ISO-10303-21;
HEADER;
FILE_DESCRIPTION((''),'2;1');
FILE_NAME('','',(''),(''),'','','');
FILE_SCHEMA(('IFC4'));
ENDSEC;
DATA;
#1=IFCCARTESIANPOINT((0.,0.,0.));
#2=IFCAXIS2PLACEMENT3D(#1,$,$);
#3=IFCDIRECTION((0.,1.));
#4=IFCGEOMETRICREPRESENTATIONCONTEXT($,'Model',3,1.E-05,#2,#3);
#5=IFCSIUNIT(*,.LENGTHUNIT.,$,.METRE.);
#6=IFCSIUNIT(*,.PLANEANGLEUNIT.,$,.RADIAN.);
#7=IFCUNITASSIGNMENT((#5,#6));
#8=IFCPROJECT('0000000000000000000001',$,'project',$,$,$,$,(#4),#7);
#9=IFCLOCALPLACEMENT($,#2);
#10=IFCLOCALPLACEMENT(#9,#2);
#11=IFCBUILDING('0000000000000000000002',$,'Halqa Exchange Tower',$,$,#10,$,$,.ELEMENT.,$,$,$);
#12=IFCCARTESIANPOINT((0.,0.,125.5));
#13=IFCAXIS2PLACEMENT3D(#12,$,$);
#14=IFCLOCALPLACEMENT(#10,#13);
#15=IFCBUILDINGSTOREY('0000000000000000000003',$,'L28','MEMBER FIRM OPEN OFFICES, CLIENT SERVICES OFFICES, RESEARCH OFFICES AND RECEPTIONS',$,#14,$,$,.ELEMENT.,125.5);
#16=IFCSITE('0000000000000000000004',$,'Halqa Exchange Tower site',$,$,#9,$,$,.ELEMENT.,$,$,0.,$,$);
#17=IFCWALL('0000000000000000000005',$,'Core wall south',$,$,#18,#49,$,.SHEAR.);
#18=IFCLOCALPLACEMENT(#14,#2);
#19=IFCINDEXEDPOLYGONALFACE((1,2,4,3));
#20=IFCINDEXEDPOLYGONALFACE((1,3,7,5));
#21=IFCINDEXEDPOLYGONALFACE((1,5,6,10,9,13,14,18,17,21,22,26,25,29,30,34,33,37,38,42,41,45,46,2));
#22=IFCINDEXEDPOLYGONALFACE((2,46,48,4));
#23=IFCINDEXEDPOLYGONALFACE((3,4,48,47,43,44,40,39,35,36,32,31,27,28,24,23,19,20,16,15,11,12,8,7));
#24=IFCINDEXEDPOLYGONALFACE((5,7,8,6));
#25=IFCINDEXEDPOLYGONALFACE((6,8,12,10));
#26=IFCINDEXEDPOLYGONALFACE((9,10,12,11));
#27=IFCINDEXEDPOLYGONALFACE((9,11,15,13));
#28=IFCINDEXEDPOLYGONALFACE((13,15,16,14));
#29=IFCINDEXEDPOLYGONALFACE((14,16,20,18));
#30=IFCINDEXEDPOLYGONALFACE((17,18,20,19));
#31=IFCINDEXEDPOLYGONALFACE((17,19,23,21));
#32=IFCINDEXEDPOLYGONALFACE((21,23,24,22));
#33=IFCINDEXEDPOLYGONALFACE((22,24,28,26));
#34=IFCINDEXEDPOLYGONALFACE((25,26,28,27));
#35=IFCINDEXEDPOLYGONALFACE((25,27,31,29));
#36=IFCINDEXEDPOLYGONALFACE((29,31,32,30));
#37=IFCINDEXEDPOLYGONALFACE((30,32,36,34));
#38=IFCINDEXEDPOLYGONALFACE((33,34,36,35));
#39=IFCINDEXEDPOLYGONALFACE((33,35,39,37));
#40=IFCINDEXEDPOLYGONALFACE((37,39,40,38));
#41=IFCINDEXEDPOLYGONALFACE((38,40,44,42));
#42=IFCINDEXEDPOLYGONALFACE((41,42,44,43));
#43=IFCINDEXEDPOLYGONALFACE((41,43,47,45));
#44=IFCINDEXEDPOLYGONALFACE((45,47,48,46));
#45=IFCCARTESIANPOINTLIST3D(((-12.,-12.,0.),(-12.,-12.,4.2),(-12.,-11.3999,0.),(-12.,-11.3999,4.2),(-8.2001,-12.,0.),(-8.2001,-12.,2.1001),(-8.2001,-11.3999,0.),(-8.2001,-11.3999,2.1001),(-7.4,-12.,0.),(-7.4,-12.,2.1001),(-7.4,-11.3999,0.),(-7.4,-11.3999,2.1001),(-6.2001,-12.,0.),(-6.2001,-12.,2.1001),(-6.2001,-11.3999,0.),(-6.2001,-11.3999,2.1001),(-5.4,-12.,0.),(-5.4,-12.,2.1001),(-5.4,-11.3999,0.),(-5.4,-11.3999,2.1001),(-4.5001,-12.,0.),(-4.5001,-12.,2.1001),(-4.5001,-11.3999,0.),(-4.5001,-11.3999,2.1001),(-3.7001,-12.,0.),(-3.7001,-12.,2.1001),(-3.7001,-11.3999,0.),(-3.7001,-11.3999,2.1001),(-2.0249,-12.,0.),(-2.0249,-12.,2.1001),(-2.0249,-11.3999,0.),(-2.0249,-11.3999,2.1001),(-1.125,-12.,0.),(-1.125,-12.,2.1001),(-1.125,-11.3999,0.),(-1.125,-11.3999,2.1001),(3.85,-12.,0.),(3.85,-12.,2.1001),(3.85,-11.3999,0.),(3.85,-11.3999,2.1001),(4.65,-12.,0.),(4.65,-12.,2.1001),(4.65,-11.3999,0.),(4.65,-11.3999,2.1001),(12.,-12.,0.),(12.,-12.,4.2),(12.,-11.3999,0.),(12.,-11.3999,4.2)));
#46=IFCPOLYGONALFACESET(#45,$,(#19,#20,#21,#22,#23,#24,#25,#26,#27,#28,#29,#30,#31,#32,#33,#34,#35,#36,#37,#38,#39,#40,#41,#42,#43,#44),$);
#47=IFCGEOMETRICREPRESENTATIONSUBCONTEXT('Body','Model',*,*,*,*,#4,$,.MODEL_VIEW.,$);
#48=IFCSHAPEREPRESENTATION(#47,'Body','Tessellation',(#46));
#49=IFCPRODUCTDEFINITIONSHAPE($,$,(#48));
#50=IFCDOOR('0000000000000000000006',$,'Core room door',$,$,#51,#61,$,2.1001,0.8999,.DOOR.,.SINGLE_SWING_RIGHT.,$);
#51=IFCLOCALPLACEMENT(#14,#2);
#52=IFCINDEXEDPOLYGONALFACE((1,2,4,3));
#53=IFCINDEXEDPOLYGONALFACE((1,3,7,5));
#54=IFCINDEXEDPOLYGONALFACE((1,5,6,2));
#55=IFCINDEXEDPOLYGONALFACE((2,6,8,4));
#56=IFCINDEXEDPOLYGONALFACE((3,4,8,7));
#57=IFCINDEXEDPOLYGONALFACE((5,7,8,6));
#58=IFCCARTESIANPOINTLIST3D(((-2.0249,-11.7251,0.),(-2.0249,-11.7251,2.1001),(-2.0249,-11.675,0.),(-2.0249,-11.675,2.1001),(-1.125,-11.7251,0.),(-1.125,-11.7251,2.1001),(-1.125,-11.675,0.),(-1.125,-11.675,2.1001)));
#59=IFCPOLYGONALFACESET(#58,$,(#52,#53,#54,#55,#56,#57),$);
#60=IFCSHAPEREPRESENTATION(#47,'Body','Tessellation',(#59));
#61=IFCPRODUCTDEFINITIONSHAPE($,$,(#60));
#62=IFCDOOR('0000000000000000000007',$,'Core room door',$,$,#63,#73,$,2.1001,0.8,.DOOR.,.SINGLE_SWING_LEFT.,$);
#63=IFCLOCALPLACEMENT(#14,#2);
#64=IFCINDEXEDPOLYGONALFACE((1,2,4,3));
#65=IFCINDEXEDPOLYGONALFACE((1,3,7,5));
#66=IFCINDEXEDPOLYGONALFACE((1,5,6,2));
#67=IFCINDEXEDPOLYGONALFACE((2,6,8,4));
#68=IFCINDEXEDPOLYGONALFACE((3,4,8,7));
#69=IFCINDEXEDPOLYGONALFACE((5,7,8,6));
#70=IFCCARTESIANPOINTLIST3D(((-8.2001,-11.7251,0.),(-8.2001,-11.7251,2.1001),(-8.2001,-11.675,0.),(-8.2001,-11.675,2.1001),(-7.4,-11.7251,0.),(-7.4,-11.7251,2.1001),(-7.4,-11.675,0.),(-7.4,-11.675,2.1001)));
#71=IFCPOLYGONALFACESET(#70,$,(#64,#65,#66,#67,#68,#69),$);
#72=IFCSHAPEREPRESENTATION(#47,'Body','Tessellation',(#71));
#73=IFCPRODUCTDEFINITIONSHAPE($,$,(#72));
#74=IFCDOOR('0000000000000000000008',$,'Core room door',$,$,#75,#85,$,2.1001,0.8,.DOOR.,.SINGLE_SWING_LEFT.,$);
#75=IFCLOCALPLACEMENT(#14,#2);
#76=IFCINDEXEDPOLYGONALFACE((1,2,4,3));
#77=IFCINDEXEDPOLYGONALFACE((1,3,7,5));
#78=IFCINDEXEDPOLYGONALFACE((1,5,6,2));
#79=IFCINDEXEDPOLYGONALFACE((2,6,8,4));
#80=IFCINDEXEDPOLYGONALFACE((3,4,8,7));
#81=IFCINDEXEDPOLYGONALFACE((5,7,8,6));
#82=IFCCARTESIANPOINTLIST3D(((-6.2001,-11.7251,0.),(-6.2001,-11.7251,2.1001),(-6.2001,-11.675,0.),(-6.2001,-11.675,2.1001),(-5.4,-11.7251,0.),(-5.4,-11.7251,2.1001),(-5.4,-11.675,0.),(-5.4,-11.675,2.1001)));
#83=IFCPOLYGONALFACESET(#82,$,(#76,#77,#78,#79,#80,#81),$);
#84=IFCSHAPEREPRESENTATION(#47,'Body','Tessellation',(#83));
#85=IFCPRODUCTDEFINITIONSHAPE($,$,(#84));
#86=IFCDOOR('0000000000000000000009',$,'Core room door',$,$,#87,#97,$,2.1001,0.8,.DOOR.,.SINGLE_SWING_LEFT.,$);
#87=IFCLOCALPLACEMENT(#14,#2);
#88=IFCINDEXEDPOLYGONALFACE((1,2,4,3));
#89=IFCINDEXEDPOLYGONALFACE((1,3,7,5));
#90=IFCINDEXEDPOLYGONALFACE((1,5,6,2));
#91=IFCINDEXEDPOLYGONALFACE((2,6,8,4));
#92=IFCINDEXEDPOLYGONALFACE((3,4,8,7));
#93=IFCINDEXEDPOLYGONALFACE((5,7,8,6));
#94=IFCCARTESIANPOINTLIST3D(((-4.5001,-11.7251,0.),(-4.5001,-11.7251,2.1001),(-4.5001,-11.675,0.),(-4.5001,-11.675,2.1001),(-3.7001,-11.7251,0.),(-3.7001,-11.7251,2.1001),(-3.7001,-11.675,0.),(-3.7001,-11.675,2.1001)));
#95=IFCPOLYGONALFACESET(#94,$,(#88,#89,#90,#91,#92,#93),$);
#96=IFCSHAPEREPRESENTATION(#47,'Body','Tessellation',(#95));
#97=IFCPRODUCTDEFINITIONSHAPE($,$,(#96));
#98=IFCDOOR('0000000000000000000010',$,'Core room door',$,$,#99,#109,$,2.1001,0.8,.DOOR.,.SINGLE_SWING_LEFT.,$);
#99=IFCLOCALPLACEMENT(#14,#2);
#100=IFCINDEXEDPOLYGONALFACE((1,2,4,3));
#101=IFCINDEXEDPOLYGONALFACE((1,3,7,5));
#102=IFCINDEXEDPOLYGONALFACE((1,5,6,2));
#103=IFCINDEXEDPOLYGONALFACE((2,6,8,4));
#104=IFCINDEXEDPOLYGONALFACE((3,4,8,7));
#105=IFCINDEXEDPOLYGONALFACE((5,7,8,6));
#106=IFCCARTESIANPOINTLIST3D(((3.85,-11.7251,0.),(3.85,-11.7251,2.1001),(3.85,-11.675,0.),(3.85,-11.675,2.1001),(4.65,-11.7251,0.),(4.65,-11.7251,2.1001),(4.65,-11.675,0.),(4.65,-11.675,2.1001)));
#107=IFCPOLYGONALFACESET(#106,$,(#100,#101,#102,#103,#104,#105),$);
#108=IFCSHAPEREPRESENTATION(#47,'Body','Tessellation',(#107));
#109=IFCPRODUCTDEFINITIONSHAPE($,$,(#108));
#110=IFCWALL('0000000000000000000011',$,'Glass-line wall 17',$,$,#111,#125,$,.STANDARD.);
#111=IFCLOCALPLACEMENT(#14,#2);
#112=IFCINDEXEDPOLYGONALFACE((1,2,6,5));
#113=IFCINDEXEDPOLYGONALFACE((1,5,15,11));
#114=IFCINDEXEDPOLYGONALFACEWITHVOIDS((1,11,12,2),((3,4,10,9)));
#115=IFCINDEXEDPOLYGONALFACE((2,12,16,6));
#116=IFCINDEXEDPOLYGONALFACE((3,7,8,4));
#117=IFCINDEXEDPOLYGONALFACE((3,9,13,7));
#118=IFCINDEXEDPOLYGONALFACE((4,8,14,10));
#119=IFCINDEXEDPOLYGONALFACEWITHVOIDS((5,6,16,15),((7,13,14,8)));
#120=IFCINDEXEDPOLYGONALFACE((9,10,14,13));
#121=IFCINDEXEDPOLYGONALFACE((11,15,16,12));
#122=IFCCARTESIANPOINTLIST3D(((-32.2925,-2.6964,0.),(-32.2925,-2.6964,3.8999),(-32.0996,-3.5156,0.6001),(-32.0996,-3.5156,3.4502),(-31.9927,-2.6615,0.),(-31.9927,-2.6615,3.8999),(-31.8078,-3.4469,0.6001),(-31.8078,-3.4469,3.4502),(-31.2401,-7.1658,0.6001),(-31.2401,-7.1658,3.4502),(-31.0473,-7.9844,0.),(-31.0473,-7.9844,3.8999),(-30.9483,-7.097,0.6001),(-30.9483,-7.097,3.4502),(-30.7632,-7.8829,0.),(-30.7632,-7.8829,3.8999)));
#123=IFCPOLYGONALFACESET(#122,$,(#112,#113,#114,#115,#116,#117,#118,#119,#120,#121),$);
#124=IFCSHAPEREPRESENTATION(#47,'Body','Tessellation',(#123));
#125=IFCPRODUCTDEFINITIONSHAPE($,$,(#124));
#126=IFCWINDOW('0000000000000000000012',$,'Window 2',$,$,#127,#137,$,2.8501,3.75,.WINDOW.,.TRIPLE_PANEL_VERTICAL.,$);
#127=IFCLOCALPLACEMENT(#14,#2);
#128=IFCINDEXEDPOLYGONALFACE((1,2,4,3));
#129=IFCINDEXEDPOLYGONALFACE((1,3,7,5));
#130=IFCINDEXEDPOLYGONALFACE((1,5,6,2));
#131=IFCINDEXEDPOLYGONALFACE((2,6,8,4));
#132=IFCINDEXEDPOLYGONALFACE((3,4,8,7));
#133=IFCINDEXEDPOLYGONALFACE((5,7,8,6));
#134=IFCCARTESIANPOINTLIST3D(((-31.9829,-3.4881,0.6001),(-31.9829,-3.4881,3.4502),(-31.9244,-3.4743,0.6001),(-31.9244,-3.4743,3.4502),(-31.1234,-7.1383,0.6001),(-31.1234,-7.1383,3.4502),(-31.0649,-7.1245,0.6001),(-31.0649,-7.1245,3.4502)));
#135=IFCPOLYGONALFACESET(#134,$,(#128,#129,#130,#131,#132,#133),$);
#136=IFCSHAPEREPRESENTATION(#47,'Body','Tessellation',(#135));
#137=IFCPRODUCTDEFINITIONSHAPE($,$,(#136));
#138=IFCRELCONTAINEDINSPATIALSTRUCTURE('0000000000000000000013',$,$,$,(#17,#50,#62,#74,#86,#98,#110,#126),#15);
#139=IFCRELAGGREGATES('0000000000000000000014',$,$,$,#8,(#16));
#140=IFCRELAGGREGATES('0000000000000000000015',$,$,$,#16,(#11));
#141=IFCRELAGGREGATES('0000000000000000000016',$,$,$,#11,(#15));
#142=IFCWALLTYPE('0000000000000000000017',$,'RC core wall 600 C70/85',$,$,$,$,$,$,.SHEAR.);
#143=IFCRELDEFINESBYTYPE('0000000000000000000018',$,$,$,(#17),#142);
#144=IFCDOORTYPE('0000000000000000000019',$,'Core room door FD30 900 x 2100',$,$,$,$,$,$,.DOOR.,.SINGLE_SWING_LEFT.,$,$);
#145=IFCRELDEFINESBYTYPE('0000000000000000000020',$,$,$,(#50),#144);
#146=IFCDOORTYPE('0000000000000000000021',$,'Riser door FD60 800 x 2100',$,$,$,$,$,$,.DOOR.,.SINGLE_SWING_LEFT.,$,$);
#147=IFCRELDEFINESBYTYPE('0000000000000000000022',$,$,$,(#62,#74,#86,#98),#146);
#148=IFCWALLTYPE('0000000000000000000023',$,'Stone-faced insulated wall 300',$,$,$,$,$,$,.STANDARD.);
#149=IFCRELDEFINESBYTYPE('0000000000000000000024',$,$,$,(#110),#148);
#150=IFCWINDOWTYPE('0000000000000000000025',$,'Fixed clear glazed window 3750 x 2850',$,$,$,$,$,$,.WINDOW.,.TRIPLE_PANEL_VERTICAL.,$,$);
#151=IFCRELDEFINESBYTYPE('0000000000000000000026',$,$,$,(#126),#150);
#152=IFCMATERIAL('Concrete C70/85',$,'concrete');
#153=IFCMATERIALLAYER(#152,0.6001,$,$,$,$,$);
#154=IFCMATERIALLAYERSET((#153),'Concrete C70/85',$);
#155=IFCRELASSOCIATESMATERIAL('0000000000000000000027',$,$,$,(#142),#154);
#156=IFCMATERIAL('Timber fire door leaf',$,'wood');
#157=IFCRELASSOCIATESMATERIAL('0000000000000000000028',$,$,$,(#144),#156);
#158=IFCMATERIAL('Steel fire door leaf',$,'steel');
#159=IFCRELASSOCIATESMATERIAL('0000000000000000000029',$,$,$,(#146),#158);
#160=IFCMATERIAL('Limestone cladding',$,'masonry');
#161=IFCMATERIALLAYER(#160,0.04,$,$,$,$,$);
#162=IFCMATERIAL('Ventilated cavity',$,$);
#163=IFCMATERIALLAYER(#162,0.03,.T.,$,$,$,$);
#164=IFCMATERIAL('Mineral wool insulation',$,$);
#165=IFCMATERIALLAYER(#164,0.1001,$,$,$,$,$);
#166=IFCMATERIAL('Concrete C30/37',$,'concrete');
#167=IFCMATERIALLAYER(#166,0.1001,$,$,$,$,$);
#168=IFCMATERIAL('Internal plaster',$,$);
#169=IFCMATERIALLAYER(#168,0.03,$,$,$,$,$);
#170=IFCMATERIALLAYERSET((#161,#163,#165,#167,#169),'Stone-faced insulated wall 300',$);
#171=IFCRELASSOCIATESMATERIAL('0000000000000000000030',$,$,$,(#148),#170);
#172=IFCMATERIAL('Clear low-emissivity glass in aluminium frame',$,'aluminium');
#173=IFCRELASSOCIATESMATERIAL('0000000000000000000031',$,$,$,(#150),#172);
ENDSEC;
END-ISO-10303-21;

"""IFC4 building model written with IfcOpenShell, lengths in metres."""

from ifc_helpers import new_model, si_unit, direction, frame, frame_2d, origin, place, context, subcontext, project, spatial, polyline, rectangle, outline, extrude, material, layer, layer_set, type_object, element, fill, save


model = new_model("IFC4")

# Units and contexts
model_context = context("Model", 3, precision=1e-05, world=origin(), true_north=direction((0.0, 1.0)))
body_context = subcontext(model_context, "Body", "Model", "MODEL_VIEW")
ifc_project = project(units=[si_unit("LENGTHUNIT", "METRE"), si_unit("PLANEANGLEUNIT", "RADIAN")], contexts=[model_context])

# Site, building, storey
site_placement = place(None, origin())
site = spatial("IfcSite", under=ifc_project, at=site_placement, Name="Halqa Exchange Tower site", CompositionType="ELEMENT", RefElevation=0.0)
building_placement = place(site_placement, origin())
building = spatial("IfcBuilding", under=site, at=building_placement, Name="Halqa Exchange Tower", CompositionType="ELEMENT")
storey_placement = place(building_placement, frame((0.0, 0.0, 125.5)))
storey = spatial("IfcBuildingStorey", under=building, at=storey_placement, Name="L28", Description="MEMBER FIRM OPEN OFFICES, CLIENT SERVICES OFFICES, RESEARCH OFFICES AND RECEPTIONS", CompositionType="ELEMENT", Elevation=125.5)

# Shared definitions
ifc_material_1 = material(Name="Concrete C70/85", Category="concrete")

# Wall, openings, doors
ifc_layer_1 = layer(ifc_material_1, 0.6001)
ifc_layer_set_1 = layer_set([ifc_layer_1], Name="Concrete C70/85")
wall_type_1 = type_object("IfcWallType", Name="RC core wall 600 C70/85", PredefinedType="SHEAR", material=ifc_layer_set_1)
wall_1_placement = place(storey_placement, frame((-12.0, -11.7, 0.0), z_axis=(0.0, 0.0, 1.0), x_axis=(1.0, 0.0, 0.0)))
wall_1 = element("IfcWall", 1, at=wall_1_placement, inside=storey, type_object=wall_type_1, Name="Core wall south", PredefinedType="SHEAR", context=body_context, shape_type="SweptSolid", body=[
    extrude(rectangle(XDim=24.0, YDim=0.6001, at=frame_2d((12.0, 0.0))), origin(), (0.0, 0.0, 1.0), 4.2),
])
opening_1_placement = place(wall_1_placement, frame((9.9751, 0.0, 0.0)))
opening_1 = element("IfcOpeningElement", 2, at=opening_1_placement, cuts=wall_1, PredefinedType="OPENING", context=body_context, shape_type="SweptSolid", body=[
    extrude(rectangle(XDim=0.8999, YDim=2.1001, at=frame_2d((0.45, 1.05))), frame((0.0, 0.312, 0.0), z_axis=(0.0, -1.0, 0.0), x_axis=(1.0, 0.0, 0.0)), (0.0, 0.0, 1.0), 0.624),
])
opening_2_placement = place(wall_1_placement, frame((3.8, 0.0, 0.0)))
opening_2 = element("IfcOpeningElement", 3, at=opening_2_placement, cuts=wall_1, PredefinedType="OPENING", context=body_context, shape_type="SweptSolid", body=[
    extrude(rectangle(XDim=0.8, YDim=2.1001, at=frame_2d((0.3999, 1.05))), frame((0.0, 0.312, 0.0), z_axis=(0.0, -1.0, 0.0), x_axis=(1.0, 0.0, 0.0)), (0.0, 0.0, 1.0), 0.624),
])
opening_3_placement = place(wall_1_placement, frame((5.8, 0.0, 0.0)))
opening_3 = element("IfcOpeningElement", 4, at=opening_3_placement, cuts=wall_1, PredefinedType="OPENING", context=body_context, shape_type="SweptSolid", body=[
    extrude(rectangle(XDim=0.8, YDim=2.1001, at=frame_2d((0.3999, 1.05))), frame((0.0, 0.312, 0.0), z_axis=(0.0, -1.0, 0.0), x_axis=(1.0, 0.0, 0.0)), (0.0, 0.0, 1.0), 0.624),
])
opening_4_placement = place(wall_1_placement, frame((7.5, 0.0, 0.0)))
opening_4 = element("IfcOpeningElement", 5, at=opening_4_placement, cuts=wall_1, PredefinedType="OPENING", context=body_context, shape_type="SweptSolid", body=[
    extrude(rectangle(XDim=0.8, YDim=2.1001, at=frame_2d((0.3999, 1.05))), frame((0.0, 0.312, 0.0), z_axis=(0.0, -1.0, 0.0), x_axis=(1.0, 0.0, 0.0)), (0.0, 0.0, 1.0), 0.624),
])
opening_5_placement = place(wall_1_placement, frame((15.8501, 0.0, 0.0)))
opening_5 = element("IfcOpeningElement", 6, at=opening_5_placement, cuts=wall_1, PredefinedType="OPENING", context=body_context, shape_type="SweptSolid", body=[
    extrude(rectangle(XDim=0.8, YDim=2.1001, at=frame_2d((0.3999, 1.05))), frame((0.0, 0.312, 0.0), z_axis=(0.0, -1.0, 0.0), x_axis=(1.0, 0.0, 0.0)), (0.0, 0.0, 1.0), 0.624),
])
ifc_material_2 = material(Name="Timber fire door leaf", Category="wood")
door_type_1 = type_object("IfcDoorType", Name="Core room door FD30 900 x 2100", OperationType="SINGLE_SWING_LEFT", PredefinedType="DOOR", material=ifc_material_2)
door_1_placement = place(opening_1_placement, origin())
door_1 = element("IfcDoor", 7, at=door_1_placement, inside=storey, type_object=door_type_1, Name="Core room door", OperationType="SINGLE_SWING_RIGHT", OverallHeight=2.1001, OverallWidth=0.8999, PredefinedType="DOOR", context=body_context, shape_type="SweptSolid", body=[
    extrude(rectangle(XDim=0.8999, YDim=2.1001, at=frame_2d((0.45, 1.05))), frame((0.0, 0.0249, 0.0), z_axis=(0.0, -1.0, 0.0), x_axis=(1.0, 0.0, 0.0)), (0.0, 0.0, 1.0), 0.05),
])
fill(opening_1, door_1)
ifc_material_3 = material(Name="Steel fire door leaf", Category="steel")
door_type_2 = type_object("IfcDoorType", Name="Riser door FD60 800 x 2100", OperationType="SINGLE_SWING_LEFT", PredefinedType="DOOR", material=ifc_material_3)
door_2_placement = place(opening_2_placement, origin())
door_2 = element("IfcDoor", 8, at=door_2_placement, inside=storey, type_object=door_type_2, Name="Core room door", OperationType="SINGLE_SWING_LEFT", OverallHeight=2.1001, OverallWidth=0.8, PredefinedType="DOOR", context=body_context, shape_type="SweptSolid", body=[
    extrude(rectangle(XDim=0.8, YDim=2.1001, at=frame_2d((0.3999, 1.05))), frame((0.0, 0.0249, 0.0), z_axis=(0.0, -1.0, 0.0), x_axis=(1.0, 0.0, 0.0)), (0.0, 0.0, 1.0), 0.05),
])
fill(opening_2, door_2)
door_3_placement = place(opening_3_placement, origin())
door_3 = element("IfcDoor", 9, at=door_3_placement, inside=storey, type_object=door_type_2, Name="Core room door", OperationType="SINGLE_SWING_LEFT", OverallHeight=2.1001, OverallWidth=0.8, PredefinedType="DOOR", context=body_context, shape_type="SweptSolid", body=[
    extrude(rectangle(XDim=0.8, YDim=2.1001, at=frame_2d((0.3999, 1.05))), frame((0.0, 0.0249, 0.0), z_axis=(0.0, -1.0, 0.0), x_axis=(1.0, 0.0, 0.0)), (0.0, 0.0, 1.0), 0.05),
])
fill(opening_3, door_3)
door_4_placement = place(opening_4_placement, origin())
door_4 = element("IfcDoor", 10, at=door_4_placement, inside=storey, type_object=door_type_2, Name="Core room door", OperationType="SINGLE_SWING_LEFT", OverallHeight=2.1001, OverallWidth=0.8, PredefinedType="DOOR", context=body_context, shape_type="SweptSolid", body=[
    extrude(rectangle(XDim=0.8, YDim=2.1001, at=frame_2d((0.3999, 1.05))), frame((0.0, 0.0249, 0.0), z_axis=(0.0, -1.0, 0.0), x_axis=(1.0, 0.0, 0.0)), (0.0, 0.0, 1.0), 0.05),
])
fill(opening_4, door_4)
door_5_placement = place(opening_5_placement, origin())
door_5 = element("IfcDoor", 11, at=door_5_placement, inside=storey, type_object=door_type_2, Name="Core room door", OperationType="SINGLE_SWING_LEFT", OverallHeight=2.1001, OverallWidth=0.8, PredefinedType="DOOR", context=body_context, shape_type="SweptSolid", body=[
    extrude(rectangle(XDim=0.8, YDim=2.1001, at=frame_2d((0.3999, 1.05))), frame((0.0, 0.0249, 0.0), z_axis=(0.0, -1.0, 0.0), x_axis=(1.0, 0.0, 0.0)), (0.0, 0.0, 1.0), 0.05),
])
fill(opening_5, door_5)

# Wall, opening, window
ifc_material_4 = material(Name="Limestone cladding", Category="masonry")
ifc_layer_2 = layer(ifc_material_4, 0.04)
ifc_material_5 = material(Name="Ventilated cavity")
ifc_layer_3 = layer(ifc_material_5, 0.03, ventilated=True)
ifc_material_6 = material(Name="Mineral wool insulation")
ifc_layer_4 = layer(ifc_material_6, 0.1001)
ifc_material_7 = material(Name="Concrete C30/37", Category="concrete")
ifc_layer_5 = layer(ifc_material_7, 0.1001)
ifc_material_8 = material(Name="Internal plaster")
ifc_layer_6 = layer(ifc_material_8, 0.03)
ifc_layer_set_2 = layer_set([ifc_layer_2, ifc_layer_3, ifc_layer_4, ifc_layer_5, ifc_layer_6], Name="Stone-faced insulated wall 300")
wall_type_2 = type_object("IfcWallType", Name="Stone-faced insulated wall 300", PredefinedType="STANDARD", material=ifc_layer_set_2)
wall_2_placement = place(storey_placement, frame((-32.1426, -2.679, 0.0), z_axis=(0.0, 0.0, 1.0), x_axis=(0.229201, -0.973379, 0.0)))
wall_2 = element("IfcWall", 12, at=wall_2_placement, inside=storey, type_object=wall_type_2, Name="Glass-line wall 17", PredefinedType="STANDARD", context=body_context, shape_type="SweptSolid", body=[
    extrude(outline(polyline([(-0.0173, -0.1499), (5.4153, -0.1499), (5.3816, 0.1499), (0.0173, 0.1499), (-0.0173, -0.1499)])), origin(), (0.0, 0.0, 1.0), 3.8999),
])
opening_6_placement = place(wall_2_placement, frame((0.8242, 0.0, 0.6001)))
opening_6 = element("IfcOpeningElement", 13, at=opening_6_placement, cuts=wall_2, PredefinedType="OPENING", context=body_context, shape_type="SweptSolid", body=[
    extrude(rectangle(XDim=3.75, YDim=2.8501, at=frame_2d((1.875, 1.425))), frame((0.0, 0.1621, 0.0), z_axis=(0.0, -1.0, 0.0), x_axis=(1.0, 0.0, 0.0)), (0.0, 0.0, 1.0), 0.324),
])
ifc_material_9 = material(Name="Clear low-emissivity glass in aluminium frame", Category="aluminium")
window_type = type_object("IfcWindowType", Name="Fixed clear glazed window 3750 x 2850", PartitioningType="TRIPLE_PANEL_VERTICAL", PredefinedType="WINDOW", material=ifc_material_9)
window_1_placement = place(opening_6_placement, origin())
window_1 = element("IfcWindow", 14, at=window_1_placement, inside=storey, type_object=window_type, Name="Window 2", OverallHeight=2.8501, OverallWidth=3.75, PartitioningType="TRIPLE_PANEL_VERTICAL", PredefinedType="WINDOW", context=body_context, shape_type="SweptSolid", body=[
    extrude(rectangle(XDim=3.75, YDim=2.8501, at=frame_2d((1.875, 1.425))), frame((0.0, 0.03, 0.0), z_axis=(0.0, -1.0, 0.0), x_axis=(1.0, 0.0, 0.0)), (0.0, 0.0, 1.0), 0.0601),
])
fill(opening_6, window_1)

save(model, "model.ifc")
